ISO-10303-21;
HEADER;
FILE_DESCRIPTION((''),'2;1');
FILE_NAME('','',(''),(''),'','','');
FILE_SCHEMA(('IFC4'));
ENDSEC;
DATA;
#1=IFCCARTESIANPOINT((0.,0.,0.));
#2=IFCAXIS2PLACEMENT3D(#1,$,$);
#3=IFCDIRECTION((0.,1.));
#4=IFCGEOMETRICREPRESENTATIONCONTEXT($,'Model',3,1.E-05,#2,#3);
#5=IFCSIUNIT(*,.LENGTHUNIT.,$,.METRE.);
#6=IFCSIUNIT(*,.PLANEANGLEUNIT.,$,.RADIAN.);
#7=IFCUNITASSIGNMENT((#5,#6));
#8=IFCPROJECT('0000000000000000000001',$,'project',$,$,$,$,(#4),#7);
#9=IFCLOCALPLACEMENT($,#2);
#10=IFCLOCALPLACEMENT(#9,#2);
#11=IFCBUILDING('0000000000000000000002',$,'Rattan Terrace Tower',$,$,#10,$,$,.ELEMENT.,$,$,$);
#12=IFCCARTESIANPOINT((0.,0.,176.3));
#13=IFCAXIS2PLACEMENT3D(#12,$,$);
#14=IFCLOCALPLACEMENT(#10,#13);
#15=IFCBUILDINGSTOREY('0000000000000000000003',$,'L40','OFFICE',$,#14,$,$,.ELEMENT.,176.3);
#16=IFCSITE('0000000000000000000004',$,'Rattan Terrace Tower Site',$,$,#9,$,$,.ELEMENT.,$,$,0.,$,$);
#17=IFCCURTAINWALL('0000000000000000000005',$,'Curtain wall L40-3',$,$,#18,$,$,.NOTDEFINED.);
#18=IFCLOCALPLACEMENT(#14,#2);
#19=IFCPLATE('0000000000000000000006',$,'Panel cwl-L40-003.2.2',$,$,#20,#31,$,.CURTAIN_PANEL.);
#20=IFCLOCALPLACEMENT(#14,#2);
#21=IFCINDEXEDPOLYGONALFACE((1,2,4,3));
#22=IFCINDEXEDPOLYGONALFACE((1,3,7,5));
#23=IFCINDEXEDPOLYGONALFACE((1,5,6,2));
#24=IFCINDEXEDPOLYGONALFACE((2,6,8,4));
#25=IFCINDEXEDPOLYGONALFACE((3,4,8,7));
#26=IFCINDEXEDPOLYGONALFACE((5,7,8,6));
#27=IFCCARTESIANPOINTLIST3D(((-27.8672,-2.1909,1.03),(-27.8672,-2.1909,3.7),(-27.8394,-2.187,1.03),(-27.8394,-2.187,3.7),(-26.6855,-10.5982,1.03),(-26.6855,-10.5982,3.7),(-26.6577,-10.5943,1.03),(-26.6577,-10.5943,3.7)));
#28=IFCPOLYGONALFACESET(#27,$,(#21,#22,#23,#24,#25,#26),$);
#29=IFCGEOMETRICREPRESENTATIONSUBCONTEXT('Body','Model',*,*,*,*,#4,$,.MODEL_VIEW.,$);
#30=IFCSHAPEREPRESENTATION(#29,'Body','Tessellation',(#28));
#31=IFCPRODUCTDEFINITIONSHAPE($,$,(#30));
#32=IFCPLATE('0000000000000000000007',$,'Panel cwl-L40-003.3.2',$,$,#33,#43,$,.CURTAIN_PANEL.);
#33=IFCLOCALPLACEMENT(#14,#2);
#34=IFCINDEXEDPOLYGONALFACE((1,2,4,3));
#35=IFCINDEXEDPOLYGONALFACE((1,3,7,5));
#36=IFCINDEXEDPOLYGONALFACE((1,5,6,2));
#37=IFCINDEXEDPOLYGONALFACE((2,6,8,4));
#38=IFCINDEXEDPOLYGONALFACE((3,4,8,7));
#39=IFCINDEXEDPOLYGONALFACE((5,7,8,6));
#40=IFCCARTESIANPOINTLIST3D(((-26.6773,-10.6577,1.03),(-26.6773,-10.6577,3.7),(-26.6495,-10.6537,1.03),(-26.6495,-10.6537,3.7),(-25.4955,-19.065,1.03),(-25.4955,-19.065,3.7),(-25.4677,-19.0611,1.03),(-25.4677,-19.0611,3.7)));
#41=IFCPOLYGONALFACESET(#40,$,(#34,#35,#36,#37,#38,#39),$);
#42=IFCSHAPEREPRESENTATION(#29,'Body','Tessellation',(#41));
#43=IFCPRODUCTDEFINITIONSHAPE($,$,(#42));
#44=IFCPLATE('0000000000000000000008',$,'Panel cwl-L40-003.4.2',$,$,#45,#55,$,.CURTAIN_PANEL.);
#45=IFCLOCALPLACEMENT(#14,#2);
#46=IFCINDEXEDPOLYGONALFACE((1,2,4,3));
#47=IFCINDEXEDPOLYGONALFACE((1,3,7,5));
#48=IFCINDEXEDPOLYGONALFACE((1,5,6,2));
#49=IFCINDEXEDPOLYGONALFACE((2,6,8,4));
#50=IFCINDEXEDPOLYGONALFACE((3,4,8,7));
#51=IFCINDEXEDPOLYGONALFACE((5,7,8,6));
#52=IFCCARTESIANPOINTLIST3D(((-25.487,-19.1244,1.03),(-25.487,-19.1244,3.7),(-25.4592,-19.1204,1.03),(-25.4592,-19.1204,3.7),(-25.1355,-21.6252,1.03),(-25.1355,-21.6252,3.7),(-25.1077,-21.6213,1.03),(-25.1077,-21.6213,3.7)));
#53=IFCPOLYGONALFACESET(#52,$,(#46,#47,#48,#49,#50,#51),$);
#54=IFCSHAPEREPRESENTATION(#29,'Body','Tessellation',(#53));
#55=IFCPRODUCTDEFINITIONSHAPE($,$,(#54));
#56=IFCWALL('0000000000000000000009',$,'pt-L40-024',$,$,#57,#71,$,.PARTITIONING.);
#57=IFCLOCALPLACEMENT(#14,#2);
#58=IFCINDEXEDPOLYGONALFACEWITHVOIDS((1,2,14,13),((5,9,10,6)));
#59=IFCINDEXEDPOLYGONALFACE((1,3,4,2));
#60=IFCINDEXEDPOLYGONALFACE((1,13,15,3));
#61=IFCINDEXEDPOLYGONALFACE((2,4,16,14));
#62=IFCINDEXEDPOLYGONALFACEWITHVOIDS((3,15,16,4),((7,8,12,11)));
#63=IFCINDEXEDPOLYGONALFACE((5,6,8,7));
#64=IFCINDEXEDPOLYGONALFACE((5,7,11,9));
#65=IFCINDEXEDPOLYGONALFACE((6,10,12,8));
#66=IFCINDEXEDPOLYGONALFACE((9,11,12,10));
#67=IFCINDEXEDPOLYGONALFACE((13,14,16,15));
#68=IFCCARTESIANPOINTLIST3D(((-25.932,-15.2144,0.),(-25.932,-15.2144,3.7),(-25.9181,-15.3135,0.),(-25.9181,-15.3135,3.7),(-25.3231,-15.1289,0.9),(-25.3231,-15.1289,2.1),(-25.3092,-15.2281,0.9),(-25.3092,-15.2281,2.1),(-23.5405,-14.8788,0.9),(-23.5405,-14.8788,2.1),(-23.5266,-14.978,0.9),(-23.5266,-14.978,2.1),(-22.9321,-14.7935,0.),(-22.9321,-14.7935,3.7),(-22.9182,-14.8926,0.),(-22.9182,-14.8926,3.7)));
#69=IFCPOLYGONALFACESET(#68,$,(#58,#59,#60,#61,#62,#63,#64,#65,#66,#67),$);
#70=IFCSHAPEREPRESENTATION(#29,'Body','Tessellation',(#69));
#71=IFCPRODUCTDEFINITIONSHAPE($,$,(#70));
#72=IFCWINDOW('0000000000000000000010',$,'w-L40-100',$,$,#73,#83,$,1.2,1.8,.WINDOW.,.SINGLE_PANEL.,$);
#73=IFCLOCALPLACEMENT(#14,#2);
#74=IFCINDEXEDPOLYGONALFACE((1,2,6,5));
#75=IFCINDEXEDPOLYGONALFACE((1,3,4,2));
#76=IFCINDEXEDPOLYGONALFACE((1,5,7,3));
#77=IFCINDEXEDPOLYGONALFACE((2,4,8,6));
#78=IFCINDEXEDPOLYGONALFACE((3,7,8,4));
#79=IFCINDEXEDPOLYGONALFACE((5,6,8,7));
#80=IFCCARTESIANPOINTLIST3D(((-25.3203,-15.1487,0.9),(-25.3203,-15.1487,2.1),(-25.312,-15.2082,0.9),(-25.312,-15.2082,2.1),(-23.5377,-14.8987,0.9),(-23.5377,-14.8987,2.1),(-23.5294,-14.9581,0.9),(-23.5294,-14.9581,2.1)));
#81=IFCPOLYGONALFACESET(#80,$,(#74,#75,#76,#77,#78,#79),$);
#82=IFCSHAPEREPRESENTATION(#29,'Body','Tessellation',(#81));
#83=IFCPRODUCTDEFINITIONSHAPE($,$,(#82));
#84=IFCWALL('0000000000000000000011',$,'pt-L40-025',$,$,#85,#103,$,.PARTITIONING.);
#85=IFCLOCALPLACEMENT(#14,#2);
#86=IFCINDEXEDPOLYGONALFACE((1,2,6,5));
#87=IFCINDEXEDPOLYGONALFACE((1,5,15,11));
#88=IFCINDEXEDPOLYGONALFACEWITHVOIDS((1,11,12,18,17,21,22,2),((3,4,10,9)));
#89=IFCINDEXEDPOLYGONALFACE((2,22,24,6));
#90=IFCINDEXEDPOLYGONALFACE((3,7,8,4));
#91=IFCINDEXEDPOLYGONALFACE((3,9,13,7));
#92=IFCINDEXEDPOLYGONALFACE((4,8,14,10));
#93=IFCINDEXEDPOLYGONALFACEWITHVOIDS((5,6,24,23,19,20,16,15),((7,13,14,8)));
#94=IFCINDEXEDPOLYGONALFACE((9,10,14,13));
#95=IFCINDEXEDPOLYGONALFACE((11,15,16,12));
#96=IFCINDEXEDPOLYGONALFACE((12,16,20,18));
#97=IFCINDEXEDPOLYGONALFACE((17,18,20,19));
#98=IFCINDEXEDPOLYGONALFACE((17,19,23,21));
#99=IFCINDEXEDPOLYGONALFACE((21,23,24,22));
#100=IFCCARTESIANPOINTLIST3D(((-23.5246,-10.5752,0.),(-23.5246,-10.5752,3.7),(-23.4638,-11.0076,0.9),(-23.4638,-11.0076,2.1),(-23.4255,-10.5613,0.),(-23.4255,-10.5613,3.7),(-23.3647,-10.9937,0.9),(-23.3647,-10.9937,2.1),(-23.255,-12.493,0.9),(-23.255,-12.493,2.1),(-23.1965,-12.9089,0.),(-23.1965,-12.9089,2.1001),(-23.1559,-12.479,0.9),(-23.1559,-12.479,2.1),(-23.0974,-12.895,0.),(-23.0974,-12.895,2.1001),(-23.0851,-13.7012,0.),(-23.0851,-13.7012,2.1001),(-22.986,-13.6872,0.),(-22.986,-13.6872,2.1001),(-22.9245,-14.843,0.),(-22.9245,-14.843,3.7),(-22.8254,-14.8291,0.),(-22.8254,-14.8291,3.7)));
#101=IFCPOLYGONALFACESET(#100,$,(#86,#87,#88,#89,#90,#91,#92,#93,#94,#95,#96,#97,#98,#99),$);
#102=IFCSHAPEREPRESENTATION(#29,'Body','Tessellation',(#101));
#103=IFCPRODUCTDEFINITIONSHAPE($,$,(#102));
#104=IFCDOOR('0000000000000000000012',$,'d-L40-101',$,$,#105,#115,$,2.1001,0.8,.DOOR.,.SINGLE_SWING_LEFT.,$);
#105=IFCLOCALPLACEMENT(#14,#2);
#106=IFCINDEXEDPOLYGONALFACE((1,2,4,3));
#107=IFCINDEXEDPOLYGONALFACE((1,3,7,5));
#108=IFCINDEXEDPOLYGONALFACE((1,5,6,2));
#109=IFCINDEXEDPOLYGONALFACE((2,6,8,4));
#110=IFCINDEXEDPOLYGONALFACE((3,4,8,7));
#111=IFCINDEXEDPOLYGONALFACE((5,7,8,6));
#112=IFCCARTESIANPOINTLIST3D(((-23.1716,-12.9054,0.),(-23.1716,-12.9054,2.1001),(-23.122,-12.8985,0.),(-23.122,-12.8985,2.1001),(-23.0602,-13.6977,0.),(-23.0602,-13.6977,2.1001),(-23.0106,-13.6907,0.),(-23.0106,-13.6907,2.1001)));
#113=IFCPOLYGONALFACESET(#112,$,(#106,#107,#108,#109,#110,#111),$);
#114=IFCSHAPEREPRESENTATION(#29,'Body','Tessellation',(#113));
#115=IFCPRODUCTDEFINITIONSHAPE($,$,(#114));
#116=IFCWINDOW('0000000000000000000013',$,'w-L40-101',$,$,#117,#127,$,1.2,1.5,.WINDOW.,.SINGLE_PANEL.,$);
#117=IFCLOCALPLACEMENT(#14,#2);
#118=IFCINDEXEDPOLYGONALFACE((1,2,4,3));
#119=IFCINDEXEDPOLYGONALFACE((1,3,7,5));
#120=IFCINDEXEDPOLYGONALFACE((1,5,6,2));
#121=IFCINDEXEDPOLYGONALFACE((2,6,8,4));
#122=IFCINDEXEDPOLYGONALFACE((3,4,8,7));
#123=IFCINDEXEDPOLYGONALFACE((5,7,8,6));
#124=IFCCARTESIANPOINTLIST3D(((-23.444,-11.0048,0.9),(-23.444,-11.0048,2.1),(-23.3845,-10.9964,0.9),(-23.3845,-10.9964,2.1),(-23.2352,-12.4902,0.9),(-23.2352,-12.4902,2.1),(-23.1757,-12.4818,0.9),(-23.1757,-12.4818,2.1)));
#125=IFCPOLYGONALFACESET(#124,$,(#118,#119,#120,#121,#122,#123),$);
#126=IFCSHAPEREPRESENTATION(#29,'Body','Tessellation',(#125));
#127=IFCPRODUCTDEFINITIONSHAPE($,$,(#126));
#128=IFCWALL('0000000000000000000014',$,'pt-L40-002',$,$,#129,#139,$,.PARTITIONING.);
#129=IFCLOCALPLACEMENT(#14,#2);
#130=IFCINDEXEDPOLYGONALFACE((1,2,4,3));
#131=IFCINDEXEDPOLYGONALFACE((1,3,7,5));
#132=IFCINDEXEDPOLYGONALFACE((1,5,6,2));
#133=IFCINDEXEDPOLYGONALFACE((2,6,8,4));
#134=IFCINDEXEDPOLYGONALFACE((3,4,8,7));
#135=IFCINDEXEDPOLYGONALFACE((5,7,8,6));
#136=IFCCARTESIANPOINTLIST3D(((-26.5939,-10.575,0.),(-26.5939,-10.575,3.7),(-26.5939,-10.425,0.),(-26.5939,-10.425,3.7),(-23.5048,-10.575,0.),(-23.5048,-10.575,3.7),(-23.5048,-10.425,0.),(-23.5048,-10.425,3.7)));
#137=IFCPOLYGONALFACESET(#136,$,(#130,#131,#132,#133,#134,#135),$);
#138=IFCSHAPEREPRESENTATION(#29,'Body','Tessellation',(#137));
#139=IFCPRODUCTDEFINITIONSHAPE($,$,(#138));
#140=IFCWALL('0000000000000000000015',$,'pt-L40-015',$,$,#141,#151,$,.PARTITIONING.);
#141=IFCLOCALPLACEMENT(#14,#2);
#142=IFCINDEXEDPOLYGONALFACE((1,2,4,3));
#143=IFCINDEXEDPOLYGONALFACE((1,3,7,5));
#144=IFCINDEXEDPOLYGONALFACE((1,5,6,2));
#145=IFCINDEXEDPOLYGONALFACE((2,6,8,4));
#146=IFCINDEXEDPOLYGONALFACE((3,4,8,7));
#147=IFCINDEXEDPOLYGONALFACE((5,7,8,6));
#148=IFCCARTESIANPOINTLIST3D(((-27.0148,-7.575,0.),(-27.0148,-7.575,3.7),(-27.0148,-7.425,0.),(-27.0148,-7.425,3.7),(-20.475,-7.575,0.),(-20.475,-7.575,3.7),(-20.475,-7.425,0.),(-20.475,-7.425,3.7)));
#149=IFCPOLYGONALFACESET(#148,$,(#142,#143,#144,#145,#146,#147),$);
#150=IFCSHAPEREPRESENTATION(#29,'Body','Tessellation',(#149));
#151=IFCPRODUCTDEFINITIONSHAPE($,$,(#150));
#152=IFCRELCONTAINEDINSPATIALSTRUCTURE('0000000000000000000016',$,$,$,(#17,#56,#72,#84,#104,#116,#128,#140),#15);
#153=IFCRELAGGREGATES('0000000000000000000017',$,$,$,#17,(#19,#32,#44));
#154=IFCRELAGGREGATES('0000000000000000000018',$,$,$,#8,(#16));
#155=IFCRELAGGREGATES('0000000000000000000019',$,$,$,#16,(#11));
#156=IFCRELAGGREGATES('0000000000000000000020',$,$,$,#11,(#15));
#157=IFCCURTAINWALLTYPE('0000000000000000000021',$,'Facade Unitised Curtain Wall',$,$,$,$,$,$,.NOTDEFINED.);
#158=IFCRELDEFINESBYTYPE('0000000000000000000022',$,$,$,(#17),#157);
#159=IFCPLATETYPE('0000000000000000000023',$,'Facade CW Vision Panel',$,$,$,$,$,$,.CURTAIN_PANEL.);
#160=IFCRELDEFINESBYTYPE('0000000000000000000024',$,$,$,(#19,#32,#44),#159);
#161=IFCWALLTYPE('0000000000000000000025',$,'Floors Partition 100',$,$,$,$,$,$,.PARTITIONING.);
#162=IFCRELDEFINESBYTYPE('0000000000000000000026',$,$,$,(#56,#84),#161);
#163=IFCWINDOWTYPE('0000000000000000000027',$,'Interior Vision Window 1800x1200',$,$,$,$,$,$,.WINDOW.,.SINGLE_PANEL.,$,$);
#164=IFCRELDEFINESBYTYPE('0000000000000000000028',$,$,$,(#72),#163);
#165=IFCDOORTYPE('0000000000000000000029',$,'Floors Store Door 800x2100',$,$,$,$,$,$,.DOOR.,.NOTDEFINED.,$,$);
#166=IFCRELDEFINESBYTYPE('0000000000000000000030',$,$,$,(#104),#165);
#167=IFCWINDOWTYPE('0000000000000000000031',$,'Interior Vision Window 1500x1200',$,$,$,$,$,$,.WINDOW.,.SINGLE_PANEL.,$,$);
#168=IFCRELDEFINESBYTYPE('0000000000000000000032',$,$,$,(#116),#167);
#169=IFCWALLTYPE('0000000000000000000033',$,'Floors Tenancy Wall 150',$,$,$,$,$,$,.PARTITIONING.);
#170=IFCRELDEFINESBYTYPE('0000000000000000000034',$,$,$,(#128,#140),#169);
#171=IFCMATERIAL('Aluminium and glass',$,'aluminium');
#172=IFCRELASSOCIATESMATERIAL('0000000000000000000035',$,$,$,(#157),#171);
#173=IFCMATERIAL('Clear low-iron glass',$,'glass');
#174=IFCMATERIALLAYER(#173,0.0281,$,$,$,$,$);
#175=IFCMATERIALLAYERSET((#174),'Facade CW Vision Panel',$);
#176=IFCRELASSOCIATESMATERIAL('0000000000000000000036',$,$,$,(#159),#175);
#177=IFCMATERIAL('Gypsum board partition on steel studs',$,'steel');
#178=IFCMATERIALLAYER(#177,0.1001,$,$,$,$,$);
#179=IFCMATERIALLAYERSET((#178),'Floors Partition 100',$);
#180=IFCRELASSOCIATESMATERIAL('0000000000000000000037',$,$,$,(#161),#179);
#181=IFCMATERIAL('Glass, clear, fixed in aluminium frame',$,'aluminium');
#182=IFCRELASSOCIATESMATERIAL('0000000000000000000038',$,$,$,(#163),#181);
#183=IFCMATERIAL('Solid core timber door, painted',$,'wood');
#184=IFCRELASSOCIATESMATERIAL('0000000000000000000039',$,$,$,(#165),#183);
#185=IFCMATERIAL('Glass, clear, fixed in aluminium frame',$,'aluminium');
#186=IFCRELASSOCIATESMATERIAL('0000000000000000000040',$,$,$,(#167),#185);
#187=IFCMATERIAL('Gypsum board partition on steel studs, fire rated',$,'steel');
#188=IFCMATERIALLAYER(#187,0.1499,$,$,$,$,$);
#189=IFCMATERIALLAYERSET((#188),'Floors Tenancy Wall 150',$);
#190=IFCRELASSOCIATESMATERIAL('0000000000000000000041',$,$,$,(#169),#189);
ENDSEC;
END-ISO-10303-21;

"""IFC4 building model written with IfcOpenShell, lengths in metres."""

from ifc_helpers import new_model, si_unit, direction, frame, frame_2d, origin, origin_2d, place, context, subcontext, project, spatial, rectangle, extrude, material, layer, layer_set, type_object, element, fill, aggregate, save


model = new_model("IFC4")

# Units and contexts
model_context = context("Model", 3, precision=1e-05, world=origin(), true_north=direction((0.0, 1.0)))
body_context = subcontext(model_context, "Body", "Model", "MODEL_VIEW")
ifc_project = project(units=[si_unit("LENGTHUNIT", "METRE"), si_unit("PLANEANGLEUNIT", "RADIAN")], contexts=[model_context])

# Site, building, storey
site_placement = place(None, origin())
site = spatial("IfcSite", under=ifc_project, at=site_placement, Name="Rattan Terrace Tower Site", CompositionType="ELEMENT", RefElevation=0.0)
building_placement = place(site_placement, origin())
building = spatial("IfcBuilding", under=site, at=building_placement, Name="Rattan Terrace Tower", CompositionType="ELEMENT")
storey_placement = place(building_placement, frame((0.0, 0.0, 176.3)))
storey = spatial("IfcBuildingStorey", under=building, at=storey_placement, Name="L40", Description="OFFICE", CompositionType="ELEMENT", Elevation=176.3)

# Curtain wall
ifc_material_1 = material(Name="Aluminium and glass", Category="aluminium")
curtain_wall_type = type_object("IfcCurtainWallType", Name="Facade Unitised Curtain Wall", PredefinedType="NOTDEFINED", material=ifc_material_1)
curtain_wall_placement = place(storey_placement, origin())
curtain_wall = element("IfcCurtainWall", 1, at=curtain_wall_placement, inside=storey, type_object=curtain_wall_type, Name="Curtain wall L40-3", PredefinedType="NOTDEFINED")

# Plates
ifc_material_2 = material(Name="Clear low-iron glass", Category="glass")
ifc_layer_1 = layer(ifc_material_2, 0.0281)
ifc_layer_set_1 = layer_set([ifc_layer_1], Name="Facade CW Vision Panel")
plate_type_1 = type_object("IfcPlateType", Name="Facade CW Vision Panel", PredefinedType="CURTAIN_PANEL", material=ifc_layer_set_1)
plate_1_placement = place(storey_placement, frame((-27.2625, -6.3926, 1.03), z_axis=(0.0, 0.0, 1.0), x_axis=(0.139191, -0.990266, 0.0)))
plate_1 = element("IfcPlate", 2, at=plate_1_placement, type_object=plate_type_1, Name="Panel cwl-L40-003.2.2", PredefinedType="CURTAIN_PANEL", context=body_context, shape_type="SweptSolid", body=[
    extrude(rectangle(XDim=8.49, YDim=0.0281, at=origin_2d()), origin(), (0.0, 0.0, 1.0), 2.6699),
])
plate_2_placement = place(storey_placement, frame((-26.0725, -14.8594, 1.03), z_axis=(0.0, 0.0, 1.0), x_axis=(0.139191, -0.990266, 0.0)))
plate_2 = element("IfcPlate", 3, at=plate_2_placement, type_object=plate_type_1, Name="Panel cwl-L40-003.3.2", PredefinedType="CURTAIN_PANEL", context=body_context, shape_type="SweptSolid", body=[
    extrude(rectangle(XDim=8.49, YDim=0.0281, at=origin_2d()), origin(), (0.0, 0.0, 1.0), 2.6699),
])
plate_3_placement = place(storey_placement, frame((-25.2974, -20.3728, 1.03), z_axis=(0.0, 0.0, 1.0), x_axis=(0.139191, -0.990266, 0.0)))
plate_3 = element("IfcPlate", 4, at=plate_3_placement, type_object=plate_type_1, Name="Panel cwl-L40-003.4.2", PredefinedType="CURTAIN_PANEL", context=body_context, shape_type="SweptSolid", body=[
    extrude(rectangle(XDim=2.5254, YDim=0.0281, at=origin_2d()), origin(), (0.0, 0.0, 1.0), 2.6699),
])
aggregate(curtain_wall, [plate_1, plate_2, plate_3])

# Wall, opening, window
ifc_material_3 = material(Name="Gypsum board partition on steel studs", Category="steel")
ifc_layer_2 = layer(ifc_material_3, 0.1001)
ifc_layer_set_2 = layer_set([ifc_layer_2], Name="Floors Partition 100")
wall_type_1 = type_object("IfcWallType", Name="Floors Partition 100", PredefinedType="PARTITIONING", material=ifc_layer_set_2)
wall_1_placement = place(storey_placement, frame((-25.925, -15.2639, 0.0), z_axis=(0.0, 0.0, 1.0), x_axis=(0.990301, 0.138939, 0.0)))
wall_1 = element("IfcWall", 5, at=wall_1_placement, inside=storey, type_object=wall_type_1, Name="pt-L40-024", PredefinedType="PARTITIONING", context=body_context, shape_type="SweptSolid", body=[
    extrude(rectangle(XDim=3.0293, YDim=0.1001, at=frame_2d((1.5146, 0.0))), origin(), (0.0, 0.0, 1.0), 3.7),
])
opening_1_placement = place(wall_1_placement, frame((0.615, 0.0, 0.8999)))
opening_1 = element("IfcOpeningElement", 6, at=opening_1_placement, cuts=wall_1, PredefinedType="OPENING", context=body_context, shape_type="SweptSolid", body=[
    extrude(rectangle(XDim=1.8, YDim=1.2, at=frame_2d((0.8999, 0.6001))), frame((0.0, 0.0605, 0.0), z_axis=(0.0, -1.0, 0.0), x_axis=(1.0, 0.0, 0.0)), (0.0, 0.0, 1.0), 0.1211),
])
ifc_material_4 = material(Name="Glass, clear, fixed in aluminium frame", Category="aluminium")
window_type_1 = type_object("IfcWindowType", Name="Interior Vision Window 1800x1200", PartitioningType="SINGLE_PANEL", PredefinedType="WINDOW", material=ifc_material_4)
window_1_placement = place(opening_1_placement, origin())
window_1 = element("IfcWindow", 7, at=window_1_placement, inside=storey, type_object=window_type_1, Name="w-L40-100", OverallHeight=1.2, OverallWidth=1.8, PartitioningType="SINGLE_PANEL", PredefinedType="WINDOW", context=body_context, shape_type="SweptSolid", body=[
    extrude(rectangle(XDim=1.8, YDim=1.2, at=frame_2d((0.8999, 0.6001))), frame((0.0, 0.03, 0.0), z_axis=(0.0, -1.0, 0.0), x_axis=(1.0, 0.0, 0.0)), (0.0, 0.0, 1.0), 0.0601),
])
fill(opening_1, window_1)

# Wall, openings, door, window
wall_2_placement = place(storey_placement, frame((-22.875, -14.8359, 0.0), z_axis=(0.0, 0.0, 1.0), x_axis=(-0.13924, 0.990259, 0.0)))
wall_2 = element("IfcWall", 8, at=wall_2_placement, inside=storey, type_object=wall_type_1, Name="pt-L40-025", PredefinedType="PARTITIONING", context=body_context, shape_type="SweptSolid", body=[
    extrude(rectangle(XDim=4.3098, YDim=0.1001, at=frame_2d((2.1548, 0.0))), origin(), (0.0, 0.0, 1.0), 3.7),
])
opening_2_placement = place(wall_2_placement, frame((1.1531, 0.0, 0.0)))
opening_2 = element("IfcOpeningElement", 9, at=opening_2_placement, cuts=wall_2, PredefinedType="OPENING", context=body_context, shape_type="SweptSolid", body=[
    extrude(rectangle(XDim=0.8, YDim=2.1001, at=frame_2d((0.3999, 1.05))), frame((0.0, 0.0605, 0.0), z_axis=(0.0, -1.0, 0.0), x_axis=(1.0, 0.0, 0.0)), (0.0, 0.0, 1.0), 0.1211),
])
opening_3_placement = place(wall_2_placement, frame((2.373, 0.0, 0.8999)))
opening_3 = element("IfcOpeningElement", 10, at=opening_3_placement, cuts=wall_2, PredefinedType="OPENING", context=body_context, shape_type="SweptSolid", body=[
    extrude(rectangle(XDim=1.5, YDim=1.2, at=frame_2d((0.75, 0.6001))), frame((0.0, 0.0605, 0.0), z_axis=(0.0, -1.0, 0.0), x_axis=(1.0, 0.0, 0.0)), (0.0, 0.0, 1.0), 0.1211),
])
ifc_material_5 = material(Name="Solid core timber door, painted", Category="wood")
door_type_1 = type_object("IfcDoorType", Name="Floors Store Door 800x2100", OperationType="NOTDEFINED", PredefinedType="DOOR", material=ifc_material_5)
door_1_placement = place(opening_2_placement, origin())
door_1 = element("IfcDoor", 11, at=door_1_placement, inside=storey, type_object=door_type_1, Name="d-L40-101", OperationType="SINGLE_SWING_LEFT", OverallHeight=2.1001, OverallWidth=0.8, PredefinedType="DOOR", context=body_context, shape_type="SweptSolid", body=[
    extrude(rectangle(XDim=0.8, YDim=2.1001, at=frame_2d((0.3999, 1.05))), frame((0.0, 0.0249, 0.0), z_axis=(0.0, -1.0, 0.0), x_axis=(1.0, 0.0, 0.0)), (0.0, 0.0, 1.0), 0.05),
])
fill(opening_2, door_1)
ifc_material_6 = material(Name="Glass, clear, fixed in aluminium frame", Category="aluminium")
window_type_2 = type_object("IfcWindowType", Name="Interior Vision Window 1500x1200", PartitioningType="SINGLE_PANEL", PredefinedType="WINDOW", material=ifc_material_6)
window_2_placement = place(opening_3_placement, origin())
window_2 = element("IfcWindow", 12, at=window_2_placement, inside=storey, type_object=window_type_2, Name="w-L40-101", OverallHeight=1.2, OverallWidth=1.5, PartitioningType="SINGLE_PANEL", PredefinedType="WINDOW", context=body_context, shape_type="SweptSolid", body=[
    extrude(rectangle(XDim=1.5, YDim=1.2, at=frame_2d((0.75, 0.6001))), frame((0.0, 0.03, 0.0), z_axis=(0.0, -1.0, 0.0), x_axis=(1.0, 0.0, 0.0)), (0.0, 0.0, 1.0), 0.0601),
])
fill(opening_3, window_2)

# Walls
ifc_material_7 = material(Name="Gypsum board partition on steel studs, fire rated", Category="steel")
ifc_layer_3 = layer(ifc_material_7, 0.1499)
ifc_layer_set_3 = layer_set([ifc_layer_3], Name="Floors Tenancy Wall 150")
wall_type_2 = type_object("IfcWallType", Name="Floors Tenancy Wall 150", PredefinedType="PARTITIONING", material=ifc_layer_set_3)
wall_3_placement = place(storey_placement, frame((-23.5049, -10.5, 0.0), z_axis=(0.0, 0.0, 1.0), x_axis=(-1.0, 0.0, 0.0)))
element("IfcWall", 13, at=wall_3_placement, inside=storey, type_object=wall_type_2, Name="pt-L40-002", PredefinedType="PARTITIONING", context=body_context, shape_type="SweptSolid", body=[
    extrude(rectangle(XDim=3.0891, YDim=0.1499, at=frame_2d((1.5444, 0.0))), origin(), (0.0, 0.0, 1.0), 3.7),
])
wall_4_placement = place(storey_placement, frame((-27.0149, -7.5, 0.0), z_axis=(0.0, 0.0, 1.0), x_axis=(1.0, 0.0, 0.0)))
element("IfcWall", 14, at=wall_4_placement, inside=storey, type_object=wall_type_2, Name="pt-L40-015", PredefinedType="PARTITIONING", context=body_context, shape_type="SweptSolid", body=[
    extrude(rectangle(XDim=6.5398, YDim=0.1499, at=frame_2d((3.27, 0.0))), origin(), (0.0, 0.0, 1.0), 3.7),
])

save(model, "model.ifc")
